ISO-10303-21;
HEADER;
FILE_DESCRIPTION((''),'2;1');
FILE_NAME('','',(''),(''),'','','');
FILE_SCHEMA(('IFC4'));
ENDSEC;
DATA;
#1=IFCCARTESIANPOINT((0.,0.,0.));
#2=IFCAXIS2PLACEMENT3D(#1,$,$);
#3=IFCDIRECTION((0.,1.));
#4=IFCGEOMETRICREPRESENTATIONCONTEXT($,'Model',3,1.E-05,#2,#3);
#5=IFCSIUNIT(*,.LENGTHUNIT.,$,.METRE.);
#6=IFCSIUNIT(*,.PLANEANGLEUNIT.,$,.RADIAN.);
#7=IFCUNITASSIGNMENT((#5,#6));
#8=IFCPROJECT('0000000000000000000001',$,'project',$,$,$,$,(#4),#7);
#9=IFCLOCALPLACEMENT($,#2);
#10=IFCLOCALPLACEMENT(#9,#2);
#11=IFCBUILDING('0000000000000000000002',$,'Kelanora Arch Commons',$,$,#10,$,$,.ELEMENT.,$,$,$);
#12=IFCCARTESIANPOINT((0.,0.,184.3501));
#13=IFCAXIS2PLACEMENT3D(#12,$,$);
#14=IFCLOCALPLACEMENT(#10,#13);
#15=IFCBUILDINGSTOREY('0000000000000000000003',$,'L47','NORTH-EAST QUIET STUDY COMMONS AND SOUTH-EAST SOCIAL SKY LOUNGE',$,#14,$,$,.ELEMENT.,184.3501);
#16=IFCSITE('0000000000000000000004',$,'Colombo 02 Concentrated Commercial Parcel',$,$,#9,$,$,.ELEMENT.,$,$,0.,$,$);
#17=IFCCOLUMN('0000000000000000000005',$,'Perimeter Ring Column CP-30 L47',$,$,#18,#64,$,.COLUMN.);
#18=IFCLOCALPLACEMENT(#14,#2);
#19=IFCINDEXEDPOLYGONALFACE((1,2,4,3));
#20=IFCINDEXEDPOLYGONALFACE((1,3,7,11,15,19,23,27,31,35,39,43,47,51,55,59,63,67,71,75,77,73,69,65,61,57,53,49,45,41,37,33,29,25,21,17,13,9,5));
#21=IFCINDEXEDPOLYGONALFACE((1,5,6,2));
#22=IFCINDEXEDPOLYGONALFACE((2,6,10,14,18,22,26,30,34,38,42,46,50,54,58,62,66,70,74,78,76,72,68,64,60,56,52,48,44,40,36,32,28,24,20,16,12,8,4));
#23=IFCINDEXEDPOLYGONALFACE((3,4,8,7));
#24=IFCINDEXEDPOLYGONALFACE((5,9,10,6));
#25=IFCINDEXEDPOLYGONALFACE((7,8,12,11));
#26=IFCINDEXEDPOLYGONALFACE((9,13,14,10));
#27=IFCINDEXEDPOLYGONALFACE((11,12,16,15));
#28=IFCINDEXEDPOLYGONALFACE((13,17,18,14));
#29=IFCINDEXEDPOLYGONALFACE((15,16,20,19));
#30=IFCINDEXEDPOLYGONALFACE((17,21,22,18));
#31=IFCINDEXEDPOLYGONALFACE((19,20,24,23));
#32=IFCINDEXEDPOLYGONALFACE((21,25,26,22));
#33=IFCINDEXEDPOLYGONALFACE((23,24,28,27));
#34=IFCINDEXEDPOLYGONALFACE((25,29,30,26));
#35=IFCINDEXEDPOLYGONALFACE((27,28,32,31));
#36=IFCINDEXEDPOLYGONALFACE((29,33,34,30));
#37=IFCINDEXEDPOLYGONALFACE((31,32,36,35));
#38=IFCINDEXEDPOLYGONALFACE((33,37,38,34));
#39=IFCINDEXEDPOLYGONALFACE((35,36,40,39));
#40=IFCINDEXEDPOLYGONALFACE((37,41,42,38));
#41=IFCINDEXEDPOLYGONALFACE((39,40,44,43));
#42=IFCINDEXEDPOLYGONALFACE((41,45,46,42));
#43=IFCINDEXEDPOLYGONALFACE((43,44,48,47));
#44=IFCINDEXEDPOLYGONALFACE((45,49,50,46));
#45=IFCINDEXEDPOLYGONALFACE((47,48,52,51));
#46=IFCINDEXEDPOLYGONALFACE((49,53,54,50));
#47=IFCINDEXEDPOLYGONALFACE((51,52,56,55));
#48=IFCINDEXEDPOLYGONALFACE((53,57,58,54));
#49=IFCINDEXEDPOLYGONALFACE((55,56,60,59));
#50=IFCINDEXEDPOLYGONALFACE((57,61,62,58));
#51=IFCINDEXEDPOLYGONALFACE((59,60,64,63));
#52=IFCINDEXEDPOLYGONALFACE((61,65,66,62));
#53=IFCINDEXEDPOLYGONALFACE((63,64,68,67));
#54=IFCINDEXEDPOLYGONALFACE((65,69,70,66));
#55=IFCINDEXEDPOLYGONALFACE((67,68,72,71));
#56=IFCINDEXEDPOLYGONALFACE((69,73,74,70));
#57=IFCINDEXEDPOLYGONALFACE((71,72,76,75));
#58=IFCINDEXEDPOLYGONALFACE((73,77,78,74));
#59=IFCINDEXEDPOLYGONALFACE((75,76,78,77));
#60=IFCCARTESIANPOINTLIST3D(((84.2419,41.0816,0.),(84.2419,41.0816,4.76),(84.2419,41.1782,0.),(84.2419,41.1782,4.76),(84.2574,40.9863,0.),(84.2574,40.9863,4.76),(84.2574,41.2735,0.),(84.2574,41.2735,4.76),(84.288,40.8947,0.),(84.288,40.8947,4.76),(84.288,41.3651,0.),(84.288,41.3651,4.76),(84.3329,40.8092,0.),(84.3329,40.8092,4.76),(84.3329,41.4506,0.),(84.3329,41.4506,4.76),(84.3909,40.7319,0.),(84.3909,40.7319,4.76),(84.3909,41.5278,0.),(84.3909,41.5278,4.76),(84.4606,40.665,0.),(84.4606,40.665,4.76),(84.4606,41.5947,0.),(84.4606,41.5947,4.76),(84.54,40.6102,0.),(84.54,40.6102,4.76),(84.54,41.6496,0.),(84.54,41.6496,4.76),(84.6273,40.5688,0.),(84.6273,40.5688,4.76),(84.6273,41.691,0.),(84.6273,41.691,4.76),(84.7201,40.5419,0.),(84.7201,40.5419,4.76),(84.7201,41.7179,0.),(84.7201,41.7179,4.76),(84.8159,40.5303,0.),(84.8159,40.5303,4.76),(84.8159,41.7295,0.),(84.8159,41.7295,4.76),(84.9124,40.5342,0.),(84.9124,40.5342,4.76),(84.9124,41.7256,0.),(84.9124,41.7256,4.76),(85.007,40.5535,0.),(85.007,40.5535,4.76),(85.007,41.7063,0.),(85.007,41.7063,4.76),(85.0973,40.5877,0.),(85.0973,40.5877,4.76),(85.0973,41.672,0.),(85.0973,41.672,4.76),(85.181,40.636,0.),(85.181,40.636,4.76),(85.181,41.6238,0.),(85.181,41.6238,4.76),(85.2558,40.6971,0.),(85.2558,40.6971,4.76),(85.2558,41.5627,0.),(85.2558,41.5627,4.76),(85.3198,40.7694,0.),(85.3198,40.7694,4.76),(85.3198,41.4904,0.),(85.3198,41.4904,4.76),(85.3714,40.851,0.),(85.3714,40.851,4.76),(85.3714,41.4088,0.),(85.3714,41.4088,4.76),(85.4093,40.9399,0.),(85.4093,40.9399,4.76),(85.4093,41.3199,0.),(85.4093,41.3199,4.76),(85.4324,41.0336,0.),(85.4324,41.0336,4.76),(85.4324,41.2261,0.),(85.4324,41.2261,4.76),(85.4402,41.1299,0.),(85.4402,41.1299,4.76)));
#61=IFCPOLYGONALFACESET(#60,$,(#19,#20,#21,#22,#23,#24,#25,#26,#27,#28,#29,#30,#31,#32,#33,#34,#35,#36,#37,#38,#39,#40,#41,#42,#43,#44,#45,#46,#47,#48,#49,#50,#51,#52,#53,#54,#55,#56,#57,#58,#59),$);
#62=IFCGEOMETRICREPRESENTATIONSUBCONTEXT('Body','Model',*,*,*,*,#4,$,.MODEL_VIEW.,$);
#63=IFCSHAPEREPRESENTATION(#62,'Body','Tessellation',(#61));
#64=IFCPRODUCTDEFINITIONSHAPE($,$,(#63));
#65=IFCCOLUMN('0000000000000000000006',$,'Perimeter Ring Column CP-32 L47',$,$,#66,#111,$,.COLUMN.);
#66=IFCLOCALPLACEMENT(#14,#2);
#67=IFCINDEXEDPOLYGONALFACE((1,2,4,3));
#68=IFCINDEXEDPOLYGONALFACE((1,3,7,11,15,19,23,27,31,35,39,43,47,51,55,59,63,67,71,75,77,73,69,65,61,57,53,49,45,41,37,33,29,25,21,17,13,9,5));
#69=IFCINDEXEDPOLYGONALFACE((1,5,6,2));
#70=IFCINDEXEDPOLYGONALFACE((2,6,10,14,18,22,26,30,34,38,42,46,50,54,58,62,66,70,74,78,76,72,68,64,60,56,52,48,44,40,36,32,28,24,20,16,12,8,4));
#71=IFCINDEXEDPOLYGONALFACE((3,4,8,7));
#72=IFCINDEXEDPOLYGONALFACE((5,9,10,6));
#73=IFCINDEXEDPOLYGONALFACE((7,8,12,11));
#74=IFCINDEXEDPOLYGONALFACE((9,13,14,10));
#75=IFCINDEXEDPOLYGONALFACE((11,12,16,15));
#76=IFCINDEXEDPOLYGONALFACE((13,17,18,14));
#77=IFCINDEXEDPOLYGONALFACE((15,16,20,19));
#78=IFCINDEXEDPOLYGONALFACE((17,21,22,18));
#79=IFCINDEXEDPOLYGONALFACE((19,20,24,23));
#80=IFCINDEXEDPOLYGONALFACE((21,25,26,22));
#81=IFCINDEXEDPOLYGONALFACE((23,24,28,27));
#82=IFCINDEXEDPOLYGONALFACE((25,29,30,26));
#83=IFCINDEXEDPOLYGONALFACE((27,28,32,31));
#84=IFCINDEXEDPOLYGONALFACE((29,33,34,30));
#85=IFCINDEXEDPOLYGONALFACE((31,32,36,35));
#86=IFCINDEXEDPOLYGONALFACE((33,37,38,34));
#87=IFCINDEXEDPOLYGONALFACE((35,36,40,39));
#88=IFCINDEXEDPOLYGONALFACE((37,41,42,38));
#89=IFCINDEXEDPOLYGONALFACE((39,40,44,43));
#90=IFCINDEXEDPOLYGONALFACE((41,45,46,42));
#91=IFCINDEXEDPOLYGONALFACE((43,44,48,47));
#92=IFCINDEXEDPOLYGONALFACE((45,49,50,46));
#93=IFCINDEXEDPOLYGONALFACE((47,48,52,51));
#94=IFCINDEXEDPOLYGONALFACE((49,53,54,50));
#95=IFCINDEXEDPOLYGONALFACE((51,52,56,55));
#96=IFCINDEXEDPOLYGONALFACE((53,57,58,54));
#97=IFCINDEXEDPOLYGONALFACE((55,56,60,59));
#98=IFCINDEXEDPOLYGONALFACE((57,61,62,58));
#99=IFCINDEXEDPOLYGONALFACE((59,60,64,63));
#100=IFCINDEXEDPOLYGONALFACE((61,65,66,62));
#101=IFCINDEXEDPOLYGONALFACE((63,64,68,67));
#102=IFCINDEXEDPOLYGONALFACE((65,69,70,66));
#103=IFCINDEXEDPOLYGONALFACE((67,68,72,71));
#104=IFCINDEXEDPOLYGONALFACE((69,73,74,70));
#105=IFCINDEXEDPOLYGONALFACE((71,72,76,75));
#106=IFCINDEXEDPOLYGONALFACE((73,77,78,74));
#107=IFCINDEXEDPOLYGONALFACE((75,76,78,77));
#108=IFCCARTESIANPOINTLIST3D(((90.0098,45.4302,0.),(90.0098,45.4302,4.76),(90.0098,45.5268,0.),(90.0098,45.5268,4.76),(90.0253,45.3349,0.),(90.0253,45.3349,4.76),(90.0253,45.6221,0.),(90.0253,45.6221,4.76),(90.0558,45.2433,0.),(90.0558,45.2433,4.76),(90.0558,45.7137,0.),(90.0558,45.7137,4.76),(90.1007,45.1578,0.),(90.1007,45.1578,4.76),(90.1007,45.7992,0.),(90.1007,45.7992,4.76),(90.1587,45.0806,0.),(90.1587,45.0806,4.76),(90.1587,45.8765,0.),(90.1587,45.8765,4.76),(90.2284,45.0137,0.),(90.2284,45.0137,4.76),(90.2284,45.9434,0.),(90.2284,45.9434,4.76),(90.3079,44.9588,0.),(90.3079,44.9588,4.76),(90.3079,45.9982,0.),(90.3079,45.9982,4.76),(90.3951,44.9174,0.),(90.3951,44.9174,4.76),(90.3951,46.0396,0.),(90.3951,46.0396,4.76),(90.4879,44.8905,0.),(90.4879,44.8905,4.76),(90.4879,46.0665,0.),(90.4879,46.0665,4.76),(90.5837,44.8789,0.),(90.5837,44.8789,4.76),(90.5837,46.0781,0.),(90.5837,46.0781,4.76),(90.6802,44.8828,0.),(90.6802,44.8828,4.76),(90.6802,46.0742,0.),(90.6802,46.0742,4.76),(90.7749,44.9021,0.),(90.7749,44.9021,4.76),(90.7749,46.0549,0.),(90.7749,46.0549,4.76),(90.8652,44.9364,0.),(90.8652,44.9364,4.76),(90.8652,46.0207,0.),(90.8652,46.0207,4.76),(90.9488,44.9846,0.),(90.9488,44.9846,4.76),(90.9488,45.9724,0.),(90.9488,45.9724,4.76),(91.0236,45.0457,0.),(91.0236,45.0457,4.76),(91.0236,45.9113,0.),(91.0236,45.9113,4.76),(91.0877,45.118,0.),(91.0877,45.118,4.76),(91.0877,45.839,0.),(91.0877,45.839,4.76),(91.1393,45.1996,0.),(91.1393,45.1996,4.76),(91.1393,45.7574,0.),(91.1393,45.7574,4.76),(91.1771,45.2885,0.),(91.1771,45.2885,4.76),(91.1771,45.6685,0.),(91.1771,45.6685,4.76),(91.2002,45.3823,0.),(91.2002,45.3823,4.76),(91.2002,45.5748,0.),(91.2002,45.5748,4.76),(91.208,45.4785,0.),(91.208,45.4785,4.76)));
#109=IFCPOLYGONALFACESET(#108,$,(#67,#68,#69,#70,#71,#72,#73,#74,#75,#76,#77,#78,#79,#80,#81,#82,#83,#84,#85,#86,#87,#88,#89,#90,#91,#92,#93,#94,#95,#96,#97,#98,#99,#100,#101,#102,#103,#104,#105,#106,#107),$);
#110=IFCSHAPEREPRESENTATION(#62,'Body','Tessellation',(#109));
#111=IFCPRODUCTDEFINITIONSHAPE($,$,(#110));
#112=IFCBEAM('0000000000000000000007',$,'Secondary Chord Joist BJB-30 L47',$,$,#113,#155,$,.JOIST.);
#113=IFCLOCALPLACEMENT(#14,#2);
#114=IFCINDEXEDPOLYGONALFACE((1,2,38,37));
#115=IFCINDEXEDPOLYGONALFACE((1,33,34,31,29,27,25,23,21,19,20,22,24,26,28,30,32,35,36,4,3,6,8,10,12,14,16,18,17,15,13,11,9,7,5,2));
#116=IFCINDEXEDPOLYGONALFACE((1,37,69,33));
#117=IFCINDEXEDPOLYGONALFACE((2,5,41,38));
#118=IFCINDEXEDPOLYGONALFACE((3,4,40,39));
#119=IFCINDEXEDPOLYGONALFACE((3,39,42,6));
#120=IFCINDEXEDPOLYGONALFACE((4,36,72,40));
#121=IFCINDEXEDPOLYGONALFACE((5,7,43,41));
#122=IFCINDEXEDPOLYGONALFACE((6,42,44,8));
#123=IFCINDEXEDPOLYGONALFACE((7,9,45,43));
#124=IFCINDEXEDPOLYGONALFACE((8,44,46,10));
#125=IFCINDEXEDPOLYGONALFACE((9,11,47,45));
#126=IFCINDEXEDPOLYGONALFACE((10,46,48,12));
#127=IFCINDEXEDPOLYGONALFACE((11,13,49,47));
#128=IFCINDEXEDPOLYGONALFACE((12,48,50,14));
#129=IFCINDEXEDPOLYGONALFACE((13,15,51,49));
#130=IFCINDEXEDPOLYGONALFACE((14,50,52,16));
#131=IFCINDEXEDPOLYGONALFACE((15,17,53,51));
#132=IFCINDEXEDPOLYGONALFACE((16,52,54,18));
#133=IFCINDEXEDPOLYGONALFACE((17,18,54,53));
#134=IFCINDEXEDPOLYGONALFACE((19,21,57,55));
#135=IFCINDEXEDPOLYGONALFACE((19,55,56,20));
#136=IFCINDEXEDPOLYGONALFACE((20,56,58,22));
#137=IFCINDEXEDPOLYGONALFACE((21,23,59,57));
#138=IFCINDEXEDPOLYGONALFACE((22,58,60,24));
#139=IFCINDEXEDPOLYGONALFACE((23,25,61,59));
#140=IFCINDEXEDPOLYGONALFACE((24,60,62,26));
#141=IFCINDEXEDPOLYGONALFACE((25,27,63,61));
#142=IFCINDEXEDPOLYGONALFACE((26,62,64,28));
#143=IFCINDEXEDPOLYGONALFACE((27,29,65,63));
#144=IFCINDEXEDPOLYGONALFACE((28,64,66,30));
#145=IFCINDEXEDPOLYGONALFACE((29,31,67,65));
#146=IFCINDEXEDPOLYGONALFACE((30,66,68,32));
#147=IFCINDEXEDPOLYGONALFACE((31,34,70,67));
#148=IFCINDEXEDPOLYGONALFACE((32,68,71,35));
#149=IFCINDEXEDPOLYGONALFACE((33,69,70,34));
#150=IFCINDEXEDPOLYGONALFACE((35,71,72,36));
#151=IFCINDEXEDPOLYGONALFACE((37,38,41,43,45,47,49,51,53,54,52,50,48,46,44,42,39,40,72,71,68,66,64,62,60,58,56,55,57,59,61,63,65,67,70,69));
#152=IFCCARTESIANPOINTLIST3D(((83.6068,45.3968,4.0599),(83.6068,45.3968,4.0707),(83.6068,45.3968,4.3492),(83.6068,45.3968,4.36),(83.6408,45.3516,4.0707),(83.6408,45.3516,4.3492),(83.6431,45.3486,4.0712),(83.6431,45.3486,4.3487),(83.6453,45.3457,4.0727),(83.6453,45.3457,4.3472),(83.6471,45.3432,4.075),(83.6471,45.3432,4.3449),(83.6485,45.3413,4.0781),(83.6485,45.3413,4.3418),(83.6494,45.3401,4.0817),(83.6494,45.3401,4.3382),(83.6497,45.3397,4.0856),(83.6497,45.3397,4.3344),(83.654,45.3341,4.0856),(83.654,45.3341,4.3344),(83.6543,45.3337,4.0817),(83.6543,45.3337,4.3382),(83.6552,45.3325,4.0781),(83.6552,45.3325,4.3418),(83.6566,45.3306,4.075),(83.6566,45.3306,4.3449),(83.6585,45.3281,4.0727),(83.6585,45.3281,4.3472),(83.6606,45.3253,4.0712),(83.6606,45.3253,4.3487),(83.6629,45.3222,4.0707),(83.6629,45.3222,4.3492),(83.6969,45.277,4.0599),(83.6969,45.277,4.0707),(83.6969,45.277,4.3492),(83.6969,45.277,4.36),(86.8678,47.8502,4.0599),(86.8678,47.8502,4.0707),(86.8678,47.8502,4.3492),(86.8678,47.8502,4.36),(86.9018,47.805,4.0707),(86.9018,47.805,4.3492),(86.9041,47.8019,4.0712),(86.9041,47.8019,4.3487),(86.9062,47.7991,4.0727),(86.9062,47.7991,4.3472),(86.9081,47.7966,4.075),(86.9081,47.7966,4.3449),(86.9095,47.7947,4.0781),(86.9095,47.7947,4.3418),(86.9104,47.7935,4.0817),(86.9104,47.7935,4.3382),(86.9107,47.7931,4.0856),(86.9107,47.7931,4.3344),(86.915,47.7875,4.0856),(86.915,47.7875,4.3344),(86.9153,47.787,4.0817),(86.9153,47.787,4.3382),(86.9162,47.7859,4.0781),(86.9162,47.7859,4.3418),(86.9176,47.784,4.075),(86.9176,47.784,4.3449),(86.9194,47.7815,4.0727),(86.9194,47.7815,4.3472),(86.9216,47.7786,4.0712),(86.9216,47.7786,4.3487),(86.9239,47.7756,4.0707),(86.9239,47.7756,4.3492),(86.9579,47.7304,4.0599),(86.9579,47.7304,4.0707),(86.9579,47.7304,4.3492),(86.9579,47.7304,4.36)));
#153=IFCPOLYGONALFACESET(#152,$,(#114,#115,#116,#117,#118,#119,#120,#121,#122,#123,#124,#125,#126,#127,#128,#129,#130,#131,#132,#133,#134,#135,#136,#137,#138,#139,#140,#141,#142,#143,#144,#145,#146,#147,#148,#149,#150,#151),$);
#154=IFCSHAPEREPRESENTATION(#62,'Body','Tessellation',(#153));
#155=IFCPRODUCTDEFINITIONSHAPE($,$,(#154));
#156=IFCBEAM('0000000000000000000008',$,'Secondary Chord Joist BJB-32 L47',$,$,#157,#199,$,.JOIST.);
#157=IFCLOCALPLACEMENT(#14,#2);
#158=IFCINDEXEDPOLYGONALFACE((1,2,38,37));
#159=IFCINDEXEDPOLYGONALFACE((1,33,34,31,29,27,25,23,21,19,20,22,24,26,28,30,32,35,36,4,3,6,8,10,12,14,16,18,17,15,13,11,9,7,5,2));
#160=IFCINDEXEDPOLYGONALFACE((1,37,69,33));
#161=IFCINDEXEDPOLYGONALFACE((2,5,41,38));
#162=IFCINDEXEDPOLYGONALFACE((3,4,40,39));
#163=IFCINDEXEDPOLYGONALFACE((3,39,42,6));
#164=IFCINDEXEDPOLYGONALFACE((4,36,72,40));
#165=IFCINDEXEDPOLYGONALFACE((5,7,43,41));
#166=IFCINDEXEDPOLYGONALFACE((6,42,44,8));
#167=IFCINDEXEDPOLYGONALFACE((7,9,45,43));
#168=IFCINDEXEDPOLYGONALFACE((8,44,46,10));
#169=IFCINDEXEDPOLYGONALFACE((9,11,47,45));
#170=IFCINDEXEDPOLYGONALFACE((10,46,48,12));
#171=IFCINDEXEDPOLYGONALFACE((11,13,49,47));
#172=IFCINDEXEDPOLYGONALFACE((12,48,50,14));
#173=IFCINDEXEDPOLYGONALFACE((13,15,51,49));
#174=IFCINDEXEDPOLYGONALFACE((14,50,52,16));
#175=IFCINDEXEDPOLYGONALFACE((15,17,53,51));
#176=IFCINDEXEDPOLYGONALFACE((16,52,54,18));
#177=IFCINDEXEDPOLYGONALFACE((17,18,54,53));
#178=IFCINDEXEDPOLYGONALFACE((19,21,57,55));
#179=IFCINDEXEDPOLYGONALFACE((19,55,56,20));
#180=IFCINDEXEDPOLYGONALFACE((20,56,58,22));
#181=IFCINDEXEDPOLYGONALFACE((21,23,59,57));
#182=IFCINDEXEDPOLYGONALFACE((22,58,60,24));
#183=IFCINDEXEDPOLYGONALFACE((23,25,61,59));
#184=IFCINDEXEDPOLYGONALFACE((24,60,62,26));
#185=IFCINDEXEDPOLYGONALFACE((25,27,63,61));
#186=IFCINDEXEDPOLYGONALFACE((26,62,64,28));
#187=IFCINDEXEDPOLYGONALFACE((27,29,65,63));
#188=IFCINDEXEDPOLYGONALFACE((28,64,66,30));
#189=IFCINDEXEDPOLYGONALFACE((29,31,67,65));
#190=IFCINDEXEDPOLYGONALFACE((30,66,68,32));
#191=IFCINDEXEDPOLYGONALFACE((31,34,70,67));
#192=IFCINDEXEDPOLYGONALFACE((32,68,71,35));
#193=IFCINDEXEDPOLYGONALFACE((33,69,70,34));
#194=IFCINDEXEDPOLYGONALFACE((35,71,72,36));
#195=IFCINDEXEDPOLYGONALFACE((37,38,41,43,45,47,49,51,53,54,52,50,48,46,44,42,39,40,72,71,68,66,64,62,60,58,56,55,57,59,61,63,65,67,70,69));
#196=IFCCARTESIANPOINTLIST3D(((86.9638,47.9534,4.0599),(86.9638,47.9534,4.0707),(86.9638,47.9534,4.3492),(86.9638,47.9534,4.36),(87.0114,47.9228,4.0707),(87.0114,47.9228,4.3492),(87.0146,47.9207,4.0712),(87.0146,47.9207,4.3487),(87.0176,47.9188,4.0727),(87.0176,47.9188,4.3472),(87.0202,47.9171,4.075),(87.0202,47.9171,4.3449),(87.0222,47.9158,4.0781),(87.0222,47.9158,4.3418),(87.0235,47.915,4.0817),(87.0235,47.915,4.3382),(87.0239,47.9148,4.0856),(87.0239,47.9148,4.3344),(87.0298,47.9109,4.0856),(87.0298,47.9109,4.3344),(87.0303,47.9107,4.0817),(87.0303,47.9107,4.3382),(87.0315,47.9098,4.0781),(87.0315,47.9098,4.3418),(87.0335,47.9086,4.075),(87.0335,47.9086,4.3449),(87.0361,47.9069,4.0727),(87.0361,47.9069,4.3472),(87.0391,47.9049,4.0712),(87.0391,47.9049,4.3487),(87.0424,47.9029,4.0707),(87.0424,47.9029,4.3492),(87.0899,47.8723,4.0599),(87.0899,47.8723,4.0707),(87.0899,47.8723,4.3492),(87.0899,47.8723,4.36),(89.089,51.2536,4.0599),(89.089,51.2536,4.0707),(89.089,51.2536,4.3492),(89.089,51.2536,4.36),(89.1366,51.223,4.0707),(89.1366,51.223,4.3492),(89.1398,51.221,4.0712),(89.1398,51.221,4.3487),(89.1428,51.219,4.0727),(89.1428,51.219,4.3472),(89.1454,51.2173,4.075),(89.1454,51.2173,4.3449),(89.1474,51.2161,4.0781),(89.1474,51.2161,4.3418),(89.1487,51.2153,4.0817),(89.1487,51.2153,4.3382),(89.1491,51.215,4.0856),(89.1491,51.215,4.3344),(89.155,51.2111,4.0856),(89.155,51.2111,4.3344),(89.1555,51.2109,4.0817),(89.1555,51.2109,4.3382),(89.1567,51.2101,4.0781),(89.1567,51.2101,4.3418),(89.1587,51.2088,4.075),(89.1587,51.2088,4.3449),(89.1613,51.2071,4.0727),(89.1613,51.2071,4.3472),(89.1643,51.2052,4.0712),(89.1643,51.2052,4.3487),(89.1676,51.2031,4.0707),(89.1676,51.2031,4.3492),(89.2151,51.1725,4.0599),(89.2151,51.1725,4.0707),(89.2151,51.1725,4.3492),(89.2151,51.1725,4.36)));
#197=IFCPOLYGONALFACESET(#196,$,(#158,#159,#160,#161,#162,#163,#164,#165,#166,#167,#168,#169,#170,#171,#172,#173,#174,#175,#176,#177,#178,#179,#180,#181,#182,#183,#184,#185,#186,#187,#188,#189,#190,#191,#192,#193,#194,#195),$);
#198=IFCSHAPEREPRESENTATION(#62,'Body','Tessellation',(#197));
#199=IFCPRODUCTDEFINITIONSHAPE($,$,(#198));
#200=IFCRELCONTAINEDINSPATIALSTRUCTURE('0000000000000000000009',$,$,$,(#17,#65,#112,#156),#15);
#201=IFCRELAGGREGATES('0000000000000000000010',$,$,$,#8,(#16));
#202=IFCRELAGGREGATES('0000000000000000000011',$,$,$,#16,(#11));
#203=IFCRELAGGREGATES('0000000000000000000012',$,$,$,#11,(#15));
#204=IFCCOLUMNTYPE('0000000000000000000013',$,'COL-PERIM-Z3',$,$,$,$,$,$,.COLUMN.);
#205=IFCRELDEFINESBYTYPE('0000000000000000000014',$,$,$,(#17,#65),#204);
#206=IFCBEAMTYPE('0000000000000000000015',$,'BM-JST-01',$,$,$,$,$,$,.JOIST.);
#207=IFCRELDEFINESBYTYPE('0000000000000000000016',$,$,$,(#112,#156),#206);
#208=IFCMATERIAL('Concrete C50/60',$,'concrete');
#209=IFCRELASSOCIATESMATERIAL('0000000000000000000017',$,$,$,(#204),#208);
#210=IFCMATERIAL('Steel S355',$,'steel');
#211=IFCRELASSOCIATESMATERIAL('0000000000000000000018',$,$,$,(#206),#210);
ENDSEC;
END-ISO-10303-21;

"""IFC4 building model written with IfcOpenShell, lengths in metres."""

from ifc_helpers import new_model, si_unit, direction, frame, origin, origin_2d, place, context, subcontext, project, spatial, circle, i_section, extrude, material, material_profile, profile_set, type_object, element, save


model = new_model("IFC4")

# Units and contexts
model_context = context("Model", 3, precision=1e-05, world=origin(), true_north=direction((0.0, 1.0)))
body_context = subcontext(model_context, "Body", "Model", "MODEL_VIEW")
ifc_project = project(units=[si_unit("LENGTHUNIT", "METRE"), si_unit("PLANEANGLEUNIT", "RADIAN")], contexts=[model_context])

# Site, building, storey
site_placement = place(None, origin())
site = spatial("IfcSite", under=ifc_project, at=site_placement, Name="Colombo 02 Concentrated Commercial Parcel", CompositionType="ELEMENT", RefElevation=0.0)
building_placement = place(site_placement, origin())
building = spatial("IfcBuilding", under=site, at=building_placement, Name="Kelanora Arch Commons", CompositionType="ELEMENT")
storey_placement = place(building_placement, frame((0.0, 0.0, 184.3501)))
storey = spatial("IfcBuildingStorey", under=building, at=storey_placement, Name="L47", Description="NORTH-EAST QUIET STUDY COMMONS AND SOUTH-EAST SOCIAL SKY LOUNGE", CompositionType="ELEMENT", Elevation=184.3501)

# Columns
ifc_material_1 = material(Name="Concrete C50/60", Category="concrete")
ifc_material_profile_1 = material_profile(ifc_material_1, circle(Radius=0.6001, at=origin_2d()), Name="RCC1200")
ifc_profile_set_1 = profile_set([ifc_material_profile_1], Name="Concrete C50/60")
column_type = type_object("IfcColumnType", Name="COL-PERIM-Z3", PredefinedType="COLUMN", material=ifc_profile_set_1)
for number, where, z_axis, x_axis, name in (
    (1, (84.8401, 41.1299, 0.0), (0.0, 0.0, 1.0), (1.0, 0.0, 0.0), "Perimeter Ring Column CP-30 L47"),
    (2, (90.6079, 45.4785, 0.0), (0.0, 0.0, 1.0), (1.0, 0.0, 0.0), "Perimeter Ring Column CP-32 L47"),
):
    element("IfcColumn", number, at=place(storey_placement, frame(where, z_axis=z_axis, x_axis=x_axis)), inside=storey, type_object=column_type, Name=name, PredefinedType="COLUMN", context=body_context, shape_type="SweptSolid", body=[
        extrude(circle(Radius=0.6001, at=origin_2d()), origin(), (0.0, 0.0, 1.0), 4.76),
    ])

# Beams
ifc_material_2 = material(Name="Steel S355", Category="steel")
ifc_material_profile_2 = material_profile(ifc_material_2, i_section(OverallWidth=0.1499, OverallDepth=0.3, WebThickness=0.0071, FlangeThickness=0.0107, FilletRadius=0.0149, at=origin_2d()), Name="IPE300")
ifc_profile_set_2 = profile_set([ifc_material_profile_2], Name="Steel S355")
beam_type_1 = type_object("IfcBeamType", Name="BM-JST-01", PredefinedType="JOIST", material=ifc_profile_set_2)
beam_1_placement = place(storey_placement, frame((83.6519, 45.3369, 4.21), z_axis=(0.799102, 0.601196, 0.0), x_axis=(-0.601196, 0.799102, 0.0)))
element("IfcBeam", 3, at=beam_1_placement, inside=storey, type_object=beam_type_1, Name="Secondary Chord Joist BJB-30 L47", PredefinedType="JOIST", context=body_context, shape_type="SweptSolid", body=[
    extrude(i_section(OverallWidth=0.1499, OverallDepth=0.3, WebThickness=0.0071, FlangeThickness=0.0107, FilletRadius=0.0149, at=origin_2d()), origin(), (0.0, 0.0, 1.0), 4.0808),
])
beam_2_placement = place(storey_placement, frame((87.0269, 47.9128, 4.21), z_axis=(0.541411, 0.840758, 0.0), x_axis=(-0.840758, 0.541411, 0.0)))
element("IfcBeam", 4, at=beam_2_placement, inside=storey, type_object=beam_type_1, Name="Secondary Chord Joist BJB-32 L47", PredefinedType="JOIST", context=body_context, shape_type="SweptSolid", body=[
    extrude(i_section(OverallWidth=0.1499, OverallDepth=0.3, WebThickness=0.0071, FlangeThickness=0.0107, FilletRadius=0.0149, at=origin_2d()), origin(), (0.0, 0.0, 1.0), 3.9253),
])

save(model, "model.ifc")
